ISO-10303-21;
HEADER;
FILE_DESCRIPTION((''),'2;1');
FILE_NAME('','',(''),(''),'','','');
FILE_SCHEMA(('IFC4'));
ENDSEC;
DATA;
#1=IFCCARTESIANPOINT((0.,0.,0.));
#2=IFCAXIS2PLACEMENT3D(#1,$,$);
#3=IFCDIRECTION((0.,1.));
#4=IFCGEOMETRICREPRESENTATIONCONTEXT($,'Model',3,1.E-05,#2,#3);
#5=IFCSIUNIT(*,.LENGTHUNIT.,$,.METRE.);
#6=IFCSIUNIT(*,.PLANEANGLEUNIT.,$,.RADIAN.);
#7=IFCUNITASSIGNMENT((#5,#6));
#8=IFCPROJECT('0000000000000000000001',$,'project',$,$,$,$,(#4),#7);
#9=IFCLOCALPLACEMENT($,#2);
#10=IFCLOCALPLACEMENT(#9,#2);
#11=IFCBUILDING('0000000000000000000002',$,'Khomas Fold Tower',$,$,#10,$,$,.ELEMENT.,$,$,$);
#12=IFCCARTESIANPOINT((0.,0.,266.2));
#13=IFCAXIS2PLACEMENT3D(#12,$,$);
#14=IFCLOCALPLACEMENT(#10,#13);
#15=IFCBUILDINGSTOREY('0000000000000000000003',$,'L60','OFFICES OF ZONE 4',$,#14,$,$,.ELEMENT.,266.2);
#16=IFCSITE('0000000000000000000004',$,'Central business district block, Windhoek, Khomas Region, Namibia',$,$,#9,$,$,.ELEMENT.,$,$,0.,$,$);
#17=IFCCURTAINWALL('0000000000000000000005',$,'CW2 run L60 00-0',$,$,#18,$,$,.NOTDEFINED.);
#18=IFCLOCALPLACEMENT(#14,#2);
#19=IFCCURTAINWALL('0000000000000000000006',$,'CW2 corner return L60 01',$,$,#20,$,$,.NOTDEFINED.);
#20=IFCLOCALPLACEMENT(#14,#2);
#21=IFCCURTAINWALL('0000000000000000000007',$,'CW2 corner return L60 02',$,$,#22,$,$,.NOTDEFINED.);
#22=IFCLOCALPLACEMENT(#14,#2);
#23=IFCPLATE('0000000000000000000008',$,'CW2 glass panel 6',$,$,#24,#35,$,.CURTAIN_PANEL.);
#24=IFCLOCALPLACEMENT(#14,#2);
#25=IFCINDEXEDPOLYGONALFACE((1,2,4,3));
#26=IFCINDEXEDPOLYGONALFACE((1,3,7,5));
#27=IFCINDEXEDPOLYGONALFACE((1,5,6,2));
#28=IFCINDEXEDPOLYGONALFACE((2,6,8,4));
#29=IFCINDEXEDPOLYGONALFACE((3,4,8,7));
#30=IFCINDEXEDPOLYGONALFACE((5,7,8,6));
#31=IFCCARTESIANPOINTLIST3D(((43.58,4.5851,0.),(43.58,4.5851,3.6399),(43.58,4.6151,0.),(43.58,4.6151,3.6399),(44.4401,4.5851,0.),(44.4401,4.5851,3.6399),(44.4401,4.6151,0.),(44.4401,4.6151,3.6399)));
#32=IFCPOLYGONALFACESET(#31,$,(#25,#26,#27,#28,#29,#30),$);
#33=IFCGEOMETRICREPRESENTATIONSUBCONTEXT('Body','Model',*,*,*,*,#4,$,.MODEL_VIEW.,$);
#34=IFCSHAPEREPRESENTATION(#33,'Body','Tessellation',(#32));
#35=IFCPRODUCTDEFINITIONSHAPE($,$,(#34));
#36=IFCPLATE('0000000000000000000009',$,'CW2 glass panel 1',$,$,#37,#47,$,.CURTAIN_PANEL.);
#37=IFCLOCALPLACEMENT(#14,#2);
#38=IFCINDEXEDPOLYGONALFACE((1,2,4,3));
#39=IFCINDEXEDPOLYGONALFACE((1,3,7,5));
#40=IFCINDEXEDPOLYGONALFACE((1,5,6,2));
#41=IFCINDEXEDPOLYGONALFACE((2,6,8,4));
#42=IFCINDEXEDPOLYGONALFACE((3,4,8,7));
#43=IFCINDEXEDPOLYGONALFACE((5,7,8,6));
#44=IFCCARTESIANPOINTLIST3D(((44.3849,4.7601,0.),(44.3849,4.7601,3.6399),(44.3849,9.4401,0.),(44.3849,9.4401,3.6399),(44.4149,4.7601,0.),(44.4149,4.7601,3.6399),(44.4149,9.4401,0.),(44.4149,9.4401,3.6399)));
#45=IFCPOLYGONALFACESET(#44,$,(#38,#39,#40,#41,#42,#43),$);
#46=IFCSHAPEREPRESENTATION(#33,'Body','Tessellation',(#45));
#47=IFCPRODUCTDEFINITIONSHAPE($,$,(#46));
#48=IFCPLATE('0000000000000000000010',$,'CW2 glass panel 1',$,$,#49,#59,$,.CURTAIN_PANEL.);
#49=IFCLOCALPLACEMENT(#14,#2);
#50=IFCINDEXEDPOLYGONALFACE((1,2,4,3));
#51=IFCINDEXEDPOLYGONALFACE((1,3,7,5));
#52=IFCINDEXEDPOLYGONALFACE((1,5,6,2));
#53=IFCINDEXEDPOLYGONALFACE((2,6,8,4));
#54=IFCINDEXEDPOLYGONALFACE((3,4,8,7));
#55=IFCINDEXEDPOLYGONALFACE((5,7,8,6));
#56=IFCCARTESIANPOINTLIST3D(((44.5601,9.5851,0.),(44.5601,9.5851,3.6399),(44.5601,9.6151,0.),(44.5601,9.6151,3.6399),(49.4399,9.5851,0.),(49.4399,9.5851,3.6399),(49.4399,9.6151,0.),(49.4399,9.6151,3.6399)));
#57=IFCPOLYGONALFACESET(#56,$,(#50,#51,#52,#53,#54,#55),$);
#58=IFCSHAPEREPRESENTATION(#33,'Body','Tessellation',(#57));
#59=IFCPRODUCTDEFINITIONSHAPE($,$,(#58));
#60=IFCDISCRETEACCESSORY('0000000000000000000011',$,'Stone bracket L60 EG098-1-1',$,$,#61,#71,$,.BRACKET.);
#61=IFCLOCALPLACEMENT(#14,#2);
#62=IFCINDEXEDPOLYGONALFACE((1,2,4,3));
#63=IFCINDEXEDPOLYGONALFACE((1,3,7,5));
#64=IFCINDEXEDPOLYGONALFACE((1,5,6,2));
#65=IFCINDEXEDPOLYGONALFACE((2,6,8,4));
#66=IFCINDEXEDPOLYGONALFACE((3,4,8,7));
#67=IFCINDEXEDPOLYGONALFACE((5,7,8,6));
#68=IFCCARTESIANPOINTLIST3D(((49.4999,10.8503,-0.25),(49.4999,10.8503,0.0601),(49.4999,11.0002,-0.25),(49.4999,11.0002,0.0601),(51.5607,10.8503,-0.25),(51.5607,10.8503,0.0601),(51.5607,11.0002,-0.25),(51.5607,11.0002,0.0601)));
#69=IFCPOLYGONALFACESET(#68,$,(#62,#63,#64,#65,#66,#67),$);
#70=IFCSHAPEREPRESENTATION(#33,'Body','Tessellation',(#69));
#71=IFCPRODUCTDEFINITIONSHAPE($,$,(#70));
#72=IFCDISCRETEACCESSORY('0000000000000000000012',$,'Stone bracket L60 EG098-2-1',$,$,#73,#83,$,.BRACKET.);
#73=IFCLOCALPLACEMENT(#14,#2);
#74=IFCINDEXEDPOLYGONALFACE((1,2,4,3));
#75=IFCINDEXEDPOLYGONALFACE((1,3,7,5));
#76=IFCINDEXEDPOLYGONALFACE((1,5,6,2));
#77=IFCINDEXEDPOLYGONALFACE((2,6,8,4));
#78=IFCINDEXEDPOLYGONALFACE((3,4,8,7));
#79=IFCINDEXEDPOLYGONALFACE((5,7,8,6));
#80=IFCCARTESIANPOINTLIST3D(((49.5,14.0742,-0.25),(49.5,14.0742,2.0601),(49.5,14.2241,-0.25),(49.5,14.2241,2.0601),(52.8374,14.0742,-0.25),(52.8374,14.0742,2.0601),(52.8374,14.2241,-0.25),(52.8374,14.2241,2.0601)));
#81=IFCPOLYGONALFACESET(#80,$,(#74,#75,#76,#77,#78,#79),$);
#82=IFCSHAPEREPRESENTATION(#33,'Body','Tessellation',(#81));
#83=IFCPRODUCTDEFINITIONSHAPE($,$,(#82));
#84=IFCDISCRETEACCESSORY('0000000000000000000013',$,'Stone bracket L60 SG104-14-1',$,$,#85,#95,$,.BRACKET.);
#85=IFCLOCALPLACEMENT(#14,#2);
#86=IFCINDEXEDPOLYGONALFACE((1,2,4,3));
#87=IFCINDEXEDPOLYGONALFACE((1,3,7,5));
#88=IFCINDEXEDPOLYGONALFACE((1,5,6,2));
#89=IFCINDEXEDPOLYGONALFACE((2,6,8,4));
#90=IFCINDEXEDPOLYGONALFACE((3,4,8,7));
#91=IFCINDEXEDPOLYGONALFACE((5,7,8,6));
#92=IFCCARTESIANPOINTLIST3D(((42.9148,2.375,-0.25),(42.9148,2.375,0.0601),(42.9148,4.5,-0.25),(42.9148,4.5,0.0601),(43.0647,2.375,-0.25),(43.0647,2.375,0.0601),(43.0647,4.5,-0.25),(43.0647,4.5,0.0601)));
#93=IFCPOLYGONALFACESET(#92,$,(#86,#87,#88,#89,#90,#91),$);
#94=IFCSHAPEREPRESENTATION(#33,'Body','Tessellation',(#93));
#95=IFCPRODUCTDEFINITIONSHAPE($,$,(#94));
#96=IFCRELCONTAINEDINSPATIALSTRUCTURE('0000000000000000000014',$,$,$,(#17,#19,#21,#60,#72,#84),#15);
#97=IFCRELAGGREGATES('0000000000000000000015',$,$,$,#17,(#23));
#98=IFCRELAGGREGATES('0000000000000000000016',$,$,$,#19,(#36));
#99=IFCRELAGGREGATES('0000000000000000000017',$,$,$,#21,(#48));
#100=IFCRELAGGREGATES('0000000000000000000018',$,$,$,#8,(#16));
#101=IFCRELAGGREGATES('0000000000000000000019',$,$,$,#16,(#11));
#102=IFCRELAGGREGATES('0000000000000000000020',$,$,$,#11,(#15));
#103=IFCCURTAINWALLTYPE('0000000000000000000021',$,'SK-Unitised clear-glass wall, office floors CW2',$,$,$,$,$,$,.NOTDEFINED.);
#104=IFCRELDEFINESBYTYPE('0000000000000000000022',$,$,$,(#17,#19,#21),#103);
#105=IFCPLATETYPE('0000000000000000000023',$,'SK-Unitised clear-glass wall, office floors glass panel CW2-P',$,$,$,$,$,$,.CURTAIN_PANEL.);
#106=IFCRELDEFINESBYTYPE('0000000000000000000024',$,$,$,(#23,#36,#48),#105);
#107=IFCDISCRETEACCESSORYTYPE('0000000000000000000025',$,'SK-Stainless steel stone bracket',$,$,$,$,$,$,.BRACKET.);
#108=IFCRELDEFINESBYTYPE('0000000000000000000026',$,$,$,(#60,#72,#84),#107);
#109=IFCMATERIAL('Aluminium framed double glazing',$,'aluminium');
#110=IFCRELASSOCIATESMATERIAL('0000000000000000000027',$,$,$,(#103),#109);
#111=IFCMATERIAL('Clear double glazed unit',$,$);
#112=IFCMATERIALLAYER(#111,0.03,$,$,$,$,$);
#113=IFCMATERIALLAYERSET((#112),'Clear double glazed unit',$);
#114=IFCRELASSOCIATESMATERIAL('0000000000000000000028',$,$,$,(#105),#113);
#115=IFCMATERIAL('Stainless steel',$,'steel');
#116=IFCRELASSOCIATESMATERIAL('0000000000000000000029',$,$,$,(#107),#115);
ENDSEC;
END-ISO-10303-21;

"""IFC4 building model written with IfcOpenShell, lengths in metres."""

from ifc_helpers import new_model, si_unit, direction, frame, origin, origin_2d, place, context, subcontext, project, spatial, rectangle, extrude, source, transform, mapped, material, layer, layer_set, type_object, element, aggregate, save


model = new_model("IFC4")

# Units and contexts
model_context = context("Model", 3, precision=1e-05, world=origin(), true_north=direction((0.0, 1.0)))
body_context = subcontext(model_context, "Body", "Model", "MODEL_VIEW")
ifc_project = project(units=[si_unit("LENGTHUNIT", "METRE"), si_unit("PLANEANGLEUNIT", "RADIAN")], contexts=[model_context])

# Site, building, storey
site_placement = place(None, origin())
site = spatial("IfcSite", under=ifc_project, at=site_placement, Name="Central business district block, Windhoek, Khomas Region, Namibia", CompositionType="ELEMENT", RefElevation=0.0)
building_placement = place(site_placement, origin())
building = spatial("IfcBuilding", under=site, at=building_placement, Name="Khomas Fold Tower", CompositionType="ELEMENT")
storey_placement = place(building_placement, frame((0.0, 0.0, 266.2)))
storey = spatial("IfcBuildingStorey", under=building, at=storey_placement, Name="L60", Description="OFFICES OF ZONE 4", CompositionType="ELEMENT", Elevation=266.2)

# Curtain walls
ifc_material_1 = material(Name="Aluminium framed double glazing", Category="aluminium")
curtain_wall_type = type_object("IfcCurtainWallType", Name="SK-Unitised clear-glass wall, office floors CW2", PredefinedType="NOTDEFINED", material=ifc_material_1)
curtain_wall_1_placement = place(storey_placement, origin())
curtain_wall_1 = element("IfcCurtainWall", 1, at=curtain_wall_1_placement, inside=storey, type_object=curtain_wall_type, Name="CW2 run L60 00-0", PredefinedType="NOTDEFINED")
curtain_wall_2_placement = place(storey_placement, origin())
curtain_wall_2 = element("IfcCurtainWall", 2, at=curtain_wall_2_placement, inside=storey, type_object=curtain_wall_type, Name="CW2 corner return L60 01", PredefinedType="NOTDEFINED")
curtain_wall_3_placement = place(storey_placement, origin())
curtain_wall_3 = element("IfcCurtainWall", 3, at=curtain_wall_3_placement, inside=storey, type_object=curtain_wall_type, Name="CW2 corner return L60 02", PredefinedType="NOTDEFINED")

# Plates
ifc_material_2 = material(Name="Clear double glazed unit")
ifc_layer_1 = layer(ifc_material_2, 0.03)
ifc_layer_set_1 = layer_set([ifc_layer_1], Name="Clear double glazed unit")
plate_type_1 = type_object("IfcPlateType", Name="SK-Unitised clear-glass wall, office floors glass panel CW2-P", PredefinedType="CURTAIN_PANEL", material=ifc_layer_set_1)
shared_shape_1 = source(origin(), body_context, "Body", "SweptSolid", [
    extrude(rectangle(XDim=0.8601, YDim=0.03, at=origin_2d()), origin(), (0.0, 0.0, 1.0), 3.6399),
])
plate_1_placement = place(storey_placement, frame((44.01, 4.6001, 0.0), z_axis=(0.0, 0.0, 1.0), x_axis=(1.0, 0.0, 0.0)))
plate_1 = element("IfcPlate", 4, at=plate_1_placement, type_object=plate_type_1, Name="CW2 glass panel 6", PredefinedType="CURTAIN_PANEL", context=body_context, shape_type="MappedRepresentation", body=[
    mapped(shared_shape_1, transform((0.0, 0.0, 0.0))),
])
aggregate(curtain_wall_1, [plate_1])
shared_shape_2 = source(origin(), body_context, "Body", "SweptSolid", [
    extrude(rectangle(XDim=4.6799, YDim=0.03, at=origin_2d()), origin(), (0.0, 0.0, 1.0), 3.6399),
])
plate_2_placement = place(storey_placement, frame((44.3999, 7.1001, 0.0), z_axis=(0.0, 0.0, 1.0), x_axis=(0.0, 1.0, 0.0)))
plate_2 = element("IfcPlate", 5, at=plate_2_placement, type_object=plate_type_1, Name="CW2 glass panel 1", PredefinedType="CURTAIN_PANEL", context=body_context, shape_type="MappedRepresentation", body=[
    mapped(shared_shape_2, transform((0.0, 0.0, 0.0))),
])
aggregate(curtain_wall_2, [plate_2])
shared_shape_3 = source(origin(), body_context, "Body", "SweptSolid", [
    extrude(rectangle(XDim=4.8799, YDim=0.03, at=origin_2d()), origin(), (0.0, 0.0, 1.0), 3.6399),
])
plate_3_placement = place(storey_placement, frame((47.0, 9.6001, 0.0), z_axis=(0.0, 0.0, 1.0), x_axis=(1.0, 0.0, 0.0)))
plate_3 = element("IfcPlate", 6, at=plate_3_placement, type_object=plate_type_1, Name="CW2 glass panel 1", PredefinedType="CURTAIN_PANEL", context=body_context, shape_type="MappedRepresentation", body=[
    mapped(shared_shape_3, transform((0.0, 0.0, 0.0))),
])
aggregate(curtain_wall_3, [plate_3])

# Discrete accessories
ifc_material_3 = material(Name="Stainless steel", Category="steel")
discrete_accessory_type = type_object("IfcDiscreteAccessoryType", Name="SK-Stainless steel stone bracket", PredefinedType="BRACKET", material=ifc_material_3)
shared_shape_4 = source(origin(), body_context, "Body", "SweptSolid", [
    extrude(rectangle(XDim=2.0608, YDim=0.1499, at=origin_2d()), origin(), (0.0, 0.0, 1.0), 0.3101),
])
discrete_accessory_1_placement = place(storey_placement, frame((50.5303, 10.9253, -0.25), z_axis=(0.0, 0.0, 1.0), x_axis=(1.0, 0.0, 0.0)))
element("IfcDiscreteAccessory", 7, at=discrete_accessory_1_placement, inside=storey, type_object=discrete_accessory_type, Name="Stone bracket L60 EG098-1-1", PredefinedType="BRACKET", context=body_context, shape_type="MappedRepresentation", body=[
    mapped(shared_shape_4, transform((0.0, 0.0, 0.0))),
])
shared_shape_5 = source(origin(), body_context, "Body", "SweptSolid", [
    extrude(rectangle(XDim=3.3374, YDim=0.1499, at=origin_2d()), origin(), (0.0, 0.0, 1.0), 2.3101),
])
discrete_accessory_2_placement = place(storey_placement, frame((51.1687, 14.1492, -0.25), z_axis=(0.0, 0.0, 1.0), x_axis=(1.0, 0.0, 0.0)))
element("IfcDiscreteAccessory", 8, at=discrete_accessory_2_placement, inside=storey, type_object=discrete_accessory_type, Name="Stone bracket L60 EG098-2-1", PredefinedType="BRACKET", context=body_context, shape_type="MappedRepresentation", body=[
    mapped(shared_shape_5, transform((0.0, 0.0, 0.0))),
])
shared_shape_6 = source(origin(), body_context, "Body", "SweptSolid", [
    extrude(rectangle(XDim=2.125, YDim=0.1499, at=origin_2d()), origin(), (0.0, 0.0, 1.0), 0.3101),
])
discrete_accessory_3_placement = place(storey_placement, frame((42.9897, 3.4375, -0.25), z_axis=(0.0, 0.0, 1.0), x_axis=(0.0, -1.0, 0.0)))
element("IfcDiscreteAccessory", 9, at=discrete_accessory_3_placement, inside=storey, type_object=discrete_accessory_type, Name="Stone bracket L60 SG104-14-1", PredefinedType="BRACKET", context=body_context, shape_type="MappedRepresentation", body=[
    mapped(shared_shape_6, transform((0.0, 0.0, 0.0))),
])

save(model, "model.ifc")
